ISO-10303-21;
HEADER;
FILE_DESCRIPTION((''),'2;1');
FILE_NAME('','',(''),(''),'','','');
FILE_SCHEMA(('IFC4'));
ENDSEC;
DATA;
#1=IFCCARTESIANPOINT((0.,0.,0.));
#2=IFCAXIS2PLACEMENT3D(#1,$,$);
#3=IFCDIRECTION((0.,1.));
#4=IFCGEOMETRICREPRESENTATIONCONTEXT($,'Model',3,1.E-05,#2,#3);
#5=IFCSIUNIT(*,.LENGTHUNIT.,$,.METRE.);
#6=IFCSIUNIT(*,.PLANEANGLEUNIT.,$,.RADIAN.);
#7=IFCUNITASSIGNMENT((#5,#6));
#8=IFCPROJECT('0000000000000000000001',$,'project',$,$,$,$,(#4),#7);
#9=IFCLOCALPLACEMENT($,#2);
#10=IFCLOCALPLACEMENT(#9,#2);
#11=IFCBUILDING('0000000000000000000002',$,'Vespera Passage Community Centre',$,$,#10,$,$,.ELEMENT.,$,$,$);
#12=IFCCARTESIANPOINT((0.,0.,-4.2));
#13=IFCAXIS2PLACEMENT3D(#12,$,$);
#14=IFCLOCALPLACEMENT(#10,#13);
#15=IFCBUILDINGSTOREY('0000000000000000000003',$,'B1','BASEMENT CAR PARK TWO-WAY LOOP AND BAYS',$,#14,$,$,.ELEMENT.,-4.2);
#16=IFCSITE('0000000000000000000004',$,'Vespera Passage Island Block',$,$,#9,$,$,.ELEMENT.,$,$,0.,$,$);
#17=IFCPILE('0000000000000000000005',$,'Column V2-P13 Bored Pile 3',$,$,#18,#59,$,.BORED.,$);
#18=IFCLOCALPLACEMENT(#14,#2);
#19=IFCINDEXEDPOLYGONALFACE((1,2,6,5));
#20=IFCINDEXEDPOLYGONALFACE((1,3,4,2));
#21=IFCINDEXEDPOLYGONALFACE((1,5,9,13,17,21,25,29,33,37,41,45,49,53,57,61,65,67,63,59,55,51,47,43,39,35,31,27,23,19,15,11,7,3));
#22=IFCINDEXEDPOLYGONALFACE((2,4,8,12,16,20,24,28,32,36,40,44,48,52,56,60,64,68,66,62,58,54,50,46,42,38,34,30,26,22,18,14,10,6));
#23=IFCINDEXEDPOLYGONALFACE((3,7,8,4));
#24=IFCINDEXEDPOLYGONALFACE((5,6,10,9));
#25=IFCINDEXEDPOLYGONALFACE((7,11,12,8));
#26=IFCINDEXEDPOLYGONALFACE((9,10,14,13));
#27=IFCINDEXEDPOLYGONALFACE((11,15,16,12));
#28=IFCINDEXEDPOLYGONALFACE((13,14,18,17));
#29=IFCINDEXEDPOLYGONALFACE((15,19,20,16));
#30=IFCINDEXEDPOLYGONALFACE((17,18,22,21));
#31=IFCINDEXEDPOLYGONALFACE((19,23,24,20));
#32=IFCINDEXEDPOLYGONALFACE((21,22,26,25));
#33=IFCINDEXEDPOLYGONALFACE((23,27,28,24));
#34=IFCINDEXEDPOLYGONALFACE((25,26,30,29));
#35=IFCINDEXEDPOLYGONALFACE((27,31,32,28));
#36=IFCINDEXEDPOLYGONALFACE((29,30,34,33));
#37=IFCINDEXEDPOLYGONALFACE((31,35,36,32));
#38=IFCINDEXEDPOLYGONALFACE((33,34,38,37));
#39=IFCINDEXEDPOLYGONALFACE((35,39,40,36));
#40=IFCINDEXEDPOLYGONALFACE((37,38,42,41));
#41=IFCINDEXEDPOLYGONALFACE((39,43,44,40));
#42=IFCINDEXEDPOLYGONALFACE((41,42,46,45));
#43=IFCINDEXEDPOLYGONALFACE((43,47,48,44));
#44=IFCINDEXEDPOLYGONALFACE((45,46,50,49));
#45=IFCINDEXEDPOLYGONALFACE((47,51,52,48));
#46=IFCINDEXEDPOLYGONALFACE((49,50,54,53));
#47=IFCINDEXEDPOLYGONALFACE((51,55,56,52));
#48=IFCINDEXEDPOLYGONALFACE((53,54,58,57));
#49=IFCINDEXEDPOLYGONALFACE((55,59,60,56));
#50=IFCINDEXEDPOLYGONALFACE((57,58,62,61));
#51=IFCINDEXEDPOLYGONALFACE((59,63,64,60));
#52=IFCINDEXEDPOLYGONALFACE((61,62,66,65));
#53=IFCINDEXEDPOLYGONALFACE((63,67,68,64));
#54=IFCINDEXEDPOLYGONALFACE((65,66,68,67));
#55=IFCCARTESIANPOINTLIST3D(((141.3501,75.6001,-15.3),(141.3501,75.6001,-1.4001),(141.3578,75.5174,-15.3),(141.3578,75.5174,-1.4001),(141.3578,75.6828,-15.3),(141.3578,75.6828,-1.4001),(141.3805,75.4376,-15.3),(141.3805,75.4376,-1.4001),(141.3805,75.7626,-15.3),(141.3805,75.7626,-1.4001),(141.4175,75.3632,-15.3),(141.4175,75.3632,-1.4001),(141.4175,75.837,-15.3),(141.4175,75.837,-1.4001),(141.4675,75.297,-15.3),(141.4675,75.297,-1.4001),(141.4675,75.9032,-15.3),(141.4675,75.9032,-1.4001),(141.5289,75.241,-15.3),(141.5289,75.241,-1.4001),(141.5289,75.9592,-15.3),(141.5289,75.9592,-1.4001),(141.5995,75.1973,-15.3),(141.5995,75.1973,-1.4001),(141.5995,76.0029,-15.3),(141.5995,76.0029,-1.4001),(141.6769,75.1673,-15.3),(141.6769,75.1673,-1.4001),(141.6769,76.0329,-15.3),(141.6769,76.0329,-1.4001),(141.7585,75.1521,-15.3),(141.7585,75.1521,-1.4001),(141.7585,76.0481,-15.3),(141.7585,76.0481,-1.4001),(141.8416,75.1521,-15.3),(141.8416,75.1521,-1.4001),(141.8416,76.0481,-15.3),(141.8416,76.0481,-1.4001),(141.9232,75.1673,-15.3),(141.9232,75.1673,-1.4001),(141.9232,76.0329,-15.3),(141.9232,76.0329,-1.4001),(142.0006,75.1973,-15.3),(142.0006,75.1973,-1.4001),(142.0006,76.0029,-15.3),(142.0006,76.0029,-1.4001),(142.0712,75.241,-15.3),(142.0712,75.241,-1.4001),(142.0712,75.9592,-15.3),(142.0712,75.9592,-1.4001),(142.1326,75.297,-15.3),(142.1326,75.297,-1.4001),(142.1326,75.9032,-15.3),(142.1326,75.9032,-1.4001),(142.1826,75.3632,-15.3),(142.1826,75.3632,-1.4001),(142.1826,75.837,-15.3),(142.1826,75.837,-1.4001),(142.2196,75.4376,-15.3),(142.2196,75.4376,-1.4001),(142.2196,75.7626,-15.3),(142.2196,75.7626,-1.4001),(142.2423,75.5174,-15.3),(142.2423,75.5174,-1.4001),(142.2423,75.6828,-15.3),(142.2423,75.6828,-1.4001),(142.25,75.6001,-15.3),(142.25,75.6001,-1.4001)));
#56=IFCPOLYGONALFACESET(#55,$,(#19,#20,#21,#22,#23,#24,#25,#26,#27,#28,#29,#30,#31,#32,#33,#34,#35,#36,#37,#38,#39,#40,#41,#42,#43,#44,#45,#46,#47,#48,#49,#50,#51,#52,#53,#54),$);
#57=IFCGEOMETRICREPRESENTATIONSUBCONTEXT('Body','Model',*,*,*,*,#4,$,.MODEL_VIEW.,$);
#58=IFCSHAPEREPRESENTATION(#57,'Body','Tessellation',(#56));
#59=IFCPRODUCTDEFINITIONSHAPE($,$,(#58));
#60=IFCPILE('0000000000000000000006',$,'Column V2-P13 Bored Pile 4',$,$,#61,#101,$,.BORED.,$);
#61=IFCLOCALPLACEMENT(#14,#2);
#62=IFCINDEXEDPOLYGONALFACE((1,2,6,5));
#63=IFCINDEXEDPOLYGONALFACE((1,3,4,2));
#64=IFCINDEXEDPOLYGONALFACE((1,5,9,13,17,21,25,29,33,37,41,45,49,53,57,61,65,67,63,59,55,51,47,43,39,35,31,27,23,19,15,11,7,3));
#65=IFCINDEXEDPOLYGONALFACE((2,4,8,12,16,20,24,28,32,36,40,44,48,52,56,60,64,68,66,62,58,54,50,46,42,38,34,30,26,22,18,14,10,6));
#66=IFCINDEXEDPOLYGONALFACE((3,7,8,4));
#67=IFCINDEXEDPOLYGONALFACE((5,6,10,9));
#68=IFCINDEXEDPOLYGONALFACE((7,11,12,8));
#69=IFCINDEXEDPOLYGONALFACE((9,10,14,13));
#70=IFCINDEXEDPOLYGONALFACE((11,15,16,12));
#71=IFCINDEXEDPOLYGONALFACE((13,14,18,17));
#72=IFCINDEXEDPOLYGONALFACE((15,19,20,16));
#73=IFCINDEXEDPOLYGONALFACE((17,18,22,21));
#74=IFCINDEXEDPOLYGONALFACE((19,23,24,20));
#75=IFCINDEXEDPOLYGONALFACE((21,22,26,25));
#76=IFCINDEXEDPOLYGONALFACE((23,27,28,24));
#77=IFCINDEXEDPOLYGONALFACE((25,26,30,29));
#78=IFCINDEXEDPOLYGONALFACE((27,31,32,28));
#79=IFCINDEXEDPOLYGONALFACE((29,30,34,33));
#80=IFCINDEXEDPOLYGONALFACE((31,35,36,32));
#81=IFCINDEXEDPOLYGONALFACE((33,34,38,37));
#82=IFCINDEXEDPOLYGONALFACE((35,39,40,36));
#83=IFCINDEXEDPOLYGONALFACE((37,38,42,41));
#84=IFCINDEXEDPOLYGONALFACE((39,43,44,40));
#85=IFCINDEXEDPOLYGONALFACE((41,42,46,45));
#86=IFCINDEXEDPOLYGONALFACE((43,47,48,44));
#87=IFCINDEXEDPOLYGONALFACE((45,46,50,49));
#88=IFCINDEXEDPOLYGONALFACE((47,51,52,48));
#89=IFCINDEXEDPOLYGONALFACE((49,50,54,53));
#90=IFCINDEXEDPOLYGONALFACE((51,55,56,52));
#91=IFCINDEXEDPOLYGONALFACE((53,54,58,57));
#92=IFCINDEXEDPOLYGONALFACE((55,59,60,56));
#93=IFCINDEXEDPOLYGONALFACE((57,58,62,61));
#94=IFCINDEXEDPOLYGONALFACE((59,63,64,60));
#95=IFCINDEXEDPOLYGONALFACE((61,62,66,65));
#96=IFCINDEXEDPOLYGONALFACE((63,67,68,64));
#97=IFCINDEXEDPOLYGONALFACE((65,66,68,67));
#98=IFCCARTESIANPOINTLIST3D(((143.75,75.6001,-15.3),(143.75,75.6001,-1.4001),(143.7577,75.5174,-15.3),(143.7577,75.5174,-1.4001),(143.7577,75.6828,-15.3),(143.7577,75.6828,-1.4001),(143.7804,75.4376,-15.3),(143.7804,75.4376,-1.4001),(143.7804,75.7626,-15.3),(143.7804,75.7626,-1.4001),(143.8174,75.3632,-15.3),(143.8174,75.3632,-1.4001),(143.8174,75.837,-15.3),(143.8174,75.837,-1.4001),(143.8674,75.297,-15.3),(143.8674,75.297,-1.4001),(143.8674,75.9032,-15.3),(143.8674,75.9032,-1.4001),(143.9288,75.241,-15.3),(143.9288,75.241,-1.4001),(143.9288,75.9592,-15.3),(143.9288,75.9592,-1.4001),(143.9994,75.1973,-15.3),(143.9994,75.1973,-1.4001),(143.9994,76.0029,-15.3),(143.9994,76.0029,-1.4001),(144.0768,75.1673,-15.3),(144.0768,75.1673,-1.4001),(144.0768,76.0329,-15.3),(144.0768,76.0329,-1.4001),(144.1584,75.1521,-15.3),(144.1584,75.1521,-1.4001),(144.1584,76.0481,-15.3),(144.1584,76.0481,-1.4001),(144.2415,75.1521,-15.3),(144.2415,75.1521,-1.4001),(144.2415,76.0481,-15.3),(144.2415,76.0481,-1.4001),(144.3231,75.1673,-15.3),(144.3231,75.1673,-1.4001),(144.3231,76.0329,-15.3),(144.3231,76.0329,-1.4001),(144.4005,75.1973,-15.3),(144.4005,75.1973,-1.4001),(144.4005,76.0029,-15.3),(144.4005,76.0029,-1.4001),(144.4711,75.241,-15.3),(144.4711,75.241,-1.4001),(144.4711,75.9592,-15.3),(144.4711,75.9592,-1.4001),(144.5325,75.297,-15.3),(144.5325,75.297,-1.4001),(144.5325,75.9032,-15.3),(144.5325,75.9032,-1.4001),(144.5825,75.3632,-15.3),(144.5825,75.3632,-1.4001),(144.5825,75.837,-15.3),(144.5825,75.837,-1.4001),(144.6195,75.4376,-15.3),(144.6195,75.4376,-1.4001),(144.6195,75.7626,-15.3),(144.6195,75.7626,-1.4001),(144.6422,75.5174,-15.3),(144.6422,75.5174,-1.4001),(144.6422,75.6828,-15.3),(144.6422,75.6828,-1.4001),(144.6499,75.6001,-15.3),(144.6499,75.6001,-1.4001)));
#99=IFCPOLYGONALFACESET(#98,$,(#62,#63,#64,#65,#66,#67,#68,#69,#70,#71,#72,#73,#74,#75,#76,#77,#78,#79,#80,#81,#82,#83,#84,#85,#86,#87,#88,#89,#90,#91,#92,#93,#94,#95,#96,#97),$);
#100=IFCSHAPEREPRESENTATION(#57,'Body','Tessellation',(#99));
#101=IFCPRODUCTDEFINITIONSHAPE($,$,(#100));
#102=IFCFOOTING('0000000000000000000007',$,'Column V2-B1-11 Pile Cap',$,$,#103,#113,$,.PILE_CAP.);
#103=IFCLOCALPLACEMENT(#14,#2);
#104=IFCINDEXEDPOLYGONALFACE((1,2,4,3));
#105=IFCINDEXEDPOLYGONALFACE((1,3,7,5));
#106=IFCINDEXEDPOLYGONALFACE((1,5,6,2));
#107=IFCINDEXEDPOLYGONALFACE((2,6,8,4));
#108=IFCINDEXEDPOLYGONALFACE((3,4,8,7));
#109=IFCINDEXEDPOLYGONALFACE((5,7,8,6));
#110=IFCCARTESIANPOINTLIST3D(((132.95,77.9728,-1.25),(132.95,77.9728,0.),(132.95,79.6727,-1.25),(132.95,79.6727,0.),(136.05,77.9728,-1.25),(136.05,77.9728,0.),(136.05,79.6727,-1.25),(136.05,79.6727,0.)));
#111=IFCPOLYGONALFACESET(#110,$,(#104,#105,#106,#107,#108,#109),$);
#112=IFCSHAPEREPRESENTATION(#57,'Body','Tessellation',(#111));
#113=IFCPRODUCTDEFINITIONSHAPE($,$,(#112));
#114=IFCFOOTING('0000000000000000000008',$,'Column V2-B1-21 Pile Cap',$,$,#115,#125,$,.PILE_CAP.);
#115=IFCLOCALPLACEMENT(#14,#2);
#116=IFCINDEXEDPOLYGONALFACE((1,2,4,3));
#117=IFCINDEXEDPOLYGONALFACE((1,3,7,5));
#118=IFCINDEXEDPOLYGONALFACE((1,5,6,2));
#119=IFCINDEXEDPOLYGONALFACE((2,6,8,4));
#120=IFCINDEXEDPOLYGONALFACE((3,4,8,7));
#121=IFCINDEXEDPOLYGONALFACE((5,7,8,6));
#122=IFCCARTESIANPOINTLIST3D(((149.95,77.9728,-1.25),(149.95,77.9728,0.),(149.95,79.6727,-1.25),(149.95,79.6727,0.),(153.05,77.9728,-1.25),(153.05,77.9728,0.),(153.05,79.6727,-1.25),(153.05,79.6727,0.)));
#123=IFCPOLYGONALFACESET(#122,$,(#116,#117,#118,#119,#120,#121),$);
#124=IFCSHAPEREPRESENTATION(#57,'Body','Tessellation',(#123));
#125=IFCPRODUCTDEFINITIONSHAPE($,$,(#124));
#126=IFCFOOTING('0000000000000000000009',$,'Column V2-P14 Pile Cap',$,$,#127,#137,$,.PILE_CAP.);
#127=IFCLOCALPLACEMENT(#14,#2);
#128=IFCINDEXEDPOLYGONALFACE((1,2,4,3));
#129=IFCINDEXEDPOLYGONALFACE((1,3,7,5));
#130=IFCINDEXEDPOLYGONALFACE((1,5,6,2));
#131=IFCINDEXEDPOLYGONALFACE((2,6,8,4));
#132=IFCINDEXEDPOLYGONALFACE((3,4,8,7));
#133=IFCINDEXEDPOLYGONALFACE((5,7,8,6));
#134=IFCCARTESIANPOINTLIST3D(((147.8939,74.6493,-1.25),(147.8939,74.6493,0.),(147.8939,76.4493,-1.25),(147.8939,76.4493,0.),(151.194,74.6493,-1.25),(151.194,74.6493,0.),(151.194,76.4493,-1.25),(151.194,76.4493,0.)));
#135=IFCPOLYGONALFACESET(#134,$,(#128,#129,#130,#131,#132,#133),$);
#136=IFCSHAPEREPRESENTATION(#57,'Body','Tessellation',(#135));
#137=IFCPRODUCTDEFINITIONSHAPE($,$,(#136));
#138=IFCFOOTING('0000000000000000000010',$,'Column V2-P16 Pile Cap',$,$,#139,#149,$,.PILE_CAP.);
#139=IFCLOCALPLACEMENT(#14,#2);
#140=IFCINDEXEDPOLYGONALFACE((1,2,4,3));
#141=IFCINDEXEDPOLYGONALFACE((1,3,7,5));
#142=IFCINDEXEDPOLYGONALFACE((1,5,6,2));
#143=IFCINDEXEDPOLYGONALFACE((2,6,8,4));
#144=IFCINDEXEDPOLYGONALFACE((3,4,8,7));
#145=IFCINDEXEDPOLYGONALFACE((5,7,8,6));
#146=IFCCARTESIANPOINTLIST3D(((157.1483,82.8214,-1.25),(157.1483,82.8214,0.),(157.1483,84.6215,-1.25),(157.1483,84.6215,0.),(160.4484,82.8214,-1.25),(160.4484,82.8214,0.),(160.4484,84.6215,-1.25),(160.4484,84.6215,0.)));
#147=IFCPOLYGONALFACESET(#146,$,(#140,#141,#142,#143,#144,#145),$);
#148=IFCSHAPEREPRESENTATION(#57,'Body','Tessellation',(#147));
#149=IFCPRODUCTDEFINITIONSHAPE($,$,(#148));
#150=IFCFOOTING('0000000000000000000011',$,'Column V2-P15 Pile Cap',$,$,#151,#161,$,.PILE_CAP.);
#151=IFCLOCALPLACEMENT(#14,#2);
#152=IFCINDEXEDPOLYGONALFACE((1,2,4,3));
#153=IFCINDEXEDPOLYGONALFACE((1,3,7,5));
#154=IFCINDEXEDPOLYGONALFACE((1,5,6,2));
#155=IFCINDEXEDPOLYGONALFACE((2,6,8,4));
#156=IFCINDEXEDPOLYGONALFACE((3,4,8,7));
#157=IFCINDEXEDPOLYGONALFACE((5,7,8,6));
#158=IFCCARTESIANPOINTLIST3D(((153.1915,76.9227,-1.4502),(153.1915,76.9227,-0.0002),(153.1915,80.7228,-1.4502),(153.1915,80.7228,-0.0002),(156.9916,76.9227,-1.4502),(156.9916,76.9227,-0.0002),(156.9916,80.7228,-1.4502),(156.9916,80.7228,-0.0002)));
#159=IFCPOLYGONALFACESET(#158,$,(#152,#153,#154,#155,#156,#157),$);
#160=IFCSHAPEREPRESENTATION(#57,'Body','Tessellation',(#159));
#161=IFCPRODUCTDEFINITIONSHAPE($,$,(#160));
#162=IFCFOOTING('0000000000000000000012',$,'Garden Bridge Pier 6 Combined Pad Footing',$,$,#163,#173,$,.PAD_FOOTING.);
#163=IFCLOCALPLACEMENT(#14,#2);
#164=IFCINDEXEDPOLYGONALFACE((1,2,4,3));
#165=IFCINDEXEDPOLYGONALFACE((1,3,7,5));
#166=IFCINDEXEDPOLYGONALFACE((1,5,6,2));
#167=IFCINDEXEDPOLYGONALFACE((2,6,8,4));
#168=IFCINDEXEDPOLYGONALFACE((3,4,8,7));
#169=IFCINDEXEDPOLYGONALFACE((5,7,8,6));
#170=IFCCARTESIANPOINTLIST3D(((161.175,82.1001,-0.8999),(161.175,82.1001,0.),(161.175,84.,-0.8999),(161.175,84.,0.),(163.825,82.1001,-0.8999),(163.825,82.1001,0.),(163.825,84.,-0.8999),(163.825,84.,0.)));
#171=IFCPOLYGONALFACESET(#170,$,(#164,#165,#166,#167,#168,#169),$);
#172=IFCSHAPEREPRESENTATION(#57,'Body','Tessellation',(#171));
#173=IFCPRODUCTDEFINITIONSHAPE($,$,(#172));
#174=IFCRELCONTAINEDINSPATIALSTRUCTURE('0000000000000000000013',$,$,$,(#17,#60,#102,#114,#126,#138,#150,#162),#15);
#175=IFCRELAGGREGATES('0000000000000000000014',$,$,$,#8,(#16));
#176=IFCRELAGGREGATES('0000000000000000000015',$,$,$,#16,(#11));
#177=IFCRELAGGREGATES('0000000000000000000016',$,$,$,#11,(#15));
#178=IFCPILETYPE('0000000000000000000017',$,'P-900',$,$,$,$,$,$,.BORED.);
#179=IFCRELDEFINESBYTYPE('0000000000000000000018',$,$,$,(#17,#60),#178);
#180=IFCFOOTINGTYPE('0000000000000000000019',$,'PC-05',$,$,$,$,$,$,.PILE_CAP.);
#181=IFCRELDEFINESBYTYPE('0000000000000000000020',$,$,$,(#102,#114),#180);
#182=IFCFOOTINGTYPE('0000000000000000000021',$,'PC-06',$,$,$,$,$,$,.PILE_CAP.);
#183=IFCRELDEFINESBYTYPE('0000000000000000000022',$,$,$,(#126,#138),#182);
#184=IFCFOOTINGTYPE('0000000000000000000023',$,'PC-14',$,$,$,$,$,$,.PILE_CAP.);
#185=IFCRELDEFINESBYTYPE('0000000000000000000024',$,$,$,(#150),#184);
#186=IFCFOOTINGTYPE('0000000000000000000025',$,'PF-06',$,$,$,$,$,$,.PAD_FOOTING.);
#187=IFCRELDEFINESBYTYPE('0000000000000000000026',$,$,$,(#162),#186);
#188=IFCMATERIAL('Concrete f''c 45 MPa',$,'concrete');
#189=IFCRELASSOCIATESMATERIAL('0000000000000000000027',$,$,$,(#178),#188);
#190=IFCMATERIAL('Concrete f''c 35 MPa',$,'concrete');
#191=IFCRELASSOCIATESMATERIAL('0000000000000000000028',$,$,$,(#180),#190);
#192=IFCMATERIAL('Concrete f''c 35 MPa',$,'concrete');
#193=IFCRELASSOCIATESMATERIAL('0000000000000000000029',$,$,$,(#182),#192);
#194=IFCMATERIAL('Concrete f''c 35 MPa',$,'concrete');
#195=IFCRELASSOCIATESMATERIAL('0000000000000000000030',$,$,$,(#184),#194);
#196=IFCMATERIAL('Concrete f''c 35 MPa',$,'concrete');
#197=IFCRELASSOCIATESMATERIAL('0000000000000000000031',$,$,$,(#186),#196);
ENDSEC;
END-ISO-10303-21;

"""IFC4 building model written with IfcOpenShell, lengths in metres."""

from ifc_helpers import new_model, si_unit, direction, frame, origin, origin_2d, place, context, subcontext, project, spatial, rectangle, circle, extrude, material, material_profile, profile_set, type_object, element, save


model = new_model("IFC4")

# Units and contexts
model_context = context("Model", 3, precision=1e-05, world=origin(), true_north=direction((0.0, 1.0)))
body_context = subcontext(model_context, "Body", "Model", "MODEL_VIEW")
ifc_project = project(units=[si_unit("LENGTHUNIT", "METRE"), si_unit("PLANEANGLEUNIT", "RADIAN")], contexts=[model_context])

# Site, building, storey
site_placement = place(None, origin())
site = spatial("IfcSite", under=ifc_project, at=site_placement, Name="Vespera Passage Island Block", CompositionType="ELEMENT", RefElevation=0.0)
building_placement = place(site_placement, origin())
building = spatial("IfcBuilding", under=site, at=building_placement, Name="Vespera Passage Community Centre", CompositionType="ELEMENT")
storey_placement = place(building_placement, frame((0.0, 0.0, -4.2)))
storey = spatial("IfcBuildingStorey", under=building, at=storey_placement, Name="B1", Description="BASEMENT CAR PARK TWO-WAY LOOP AND BAYS", CompositionType="ELEMENT", Elevation=-4.2)

# Piles
ifc_material_1 = material(Name="Concrete f'c 45 MPa", Category="concrete")
ifc_material_profile_1 = material_profile(ifc_material_1, circle(Radius=0.45, at=origin_2d()), Name="PILE900DIA")
ifc_profile_set_1 = profile_set([ifc_material_profile_1], Name="Concrete f'c 45 MPa")
pile_type_1 = type_object("IfcPileType", Name="P-900", PredefinedType="BORED", material=ifc_profile_set_1)
for number, where, z_axis, x_axis, name in (
    (1, (141.8, 75.6001, -1.4001), (0.0, 0.0, -1.0), (1.0, 0.0, 0.0), "Column V2-P13 Bored Pile 3"),
    (2, (144.2, 75.6001, -1.4001), (0.0, 0.0, -1.0), (1.0, 0.0, 0.0), "Column V2-P13 Bored Pile 4"),
):
    element("IfcPile", number, at=place(storey_placement, frame(where, z_axis=z_axis, x_axis=x_axis)), inside=storey, type_object=pile_type_1, Name=name, PredefinedType="BORED", context=body_context, shape_type="SweptSolid", body=[
        extrude(circle(Radius=0.45, at=origin_2d()), origin(), (0.0, 0.0, 1.0), 13.8999),
    ])

# Footings
ifc_material_2 = material(Name="Concrete f'c 35 MPa", Category="concrete")
footing_type_1 = type_object("IfcFootingType", Name="PC-05", PredefinedType="PILE_CAP", material=ifc_material_2)
for number, where, z_axis, x_axis, name in (
    (3, (134.5, 78.8228, -1.25), (0.0, 0.0, 1.0), (1.0, 0.0, 0.0), "Column V2-B1-11 Pile Cap"),
    (4, (151.5, 78.8228, -1.25), (0.0, 0.0, 1.0), (1.0, 0.0, 0.0), "Column V2-B1-21 Pile Cap"),
):
    element("IfcFooting", number, at=place(storey_placement, frame(where, z_axis=z_axis, x_axis=x_axis)), inside=storey, type_object=footing_type_1, Name=name, PredefinedType="PILE_CAP", context=body_context, shape_type="SweptSolid", body=[
        extrude(rectangle(XDim=3.1001, YDim=1.7, at=origin_2d()), origin(), (0.0, 0.0, 1.0), 1.25),
    ])
ifc_material_3 = material(Name="Concrete f'c 35 MPa", Category="concrete")
footing_type_2 = type_object("IfcFootingType", Name="PC-06", PredefinedType="PILE_CAP", material=ifc_material_3)
for number, where, z_axis, x_axis, name in (
    (5, (149.5439, 75.5493, -1.25), (0.0, 0.0, 1.0), (1.0, 0.0, 0.0), "Column V2-P14 Pile Cap"),
    (6, (158.7983, 83.7214, -1.25), (0.0, 0.0, 1.0), (1.0, 0.0, 0.0), "Column V2-P16 Pile Cap"),
):
    element("IfcFooting", number, at=place(storey_placement, frame(where, z_axis=z_axis, x_axis=x_axis)), inside=storey, type_object=footing_type_2, Name=name, PredefinedType="PILE_CAP", context=body_context, shape_type="SweptSolid", body=[
        extrude(rectangle(XDim=3.3, YDim=1.8, at=origin_2d()), origin(), (0.0, 0.0, 1.0), 1.25),
    ])
ifc_material_4 = material(Name="Concrete f'c 35 MPa", Category="concrete")
footing_type_3 = type_object("IfcFootingType", Name="PC-14", PredefinedType="PILE_CAP", material=ifc_material_4)
footing_1_placement = place(storey_placement, frame((155.0916, 78.8228, -1.4502), z_axis=(0.0, 0.0, 1.0), x_axis=(1.0, 0.0, 0.0)))
element("IfcFooting", 7, at=footing_1_placement, inside=storey, type_object=footing_type_3, Name="Column V2-P15 Pile Cap", PredefinedType="PILE_CAP", context=body_context, shape_type="SweptSolid", body=[
    extrude(rectangle(XDim=3.8, YDim=3.8, at=origin_2d()), origin(), (0.0, 0.0, 1.0), 1.45),
])
ifc_material_5 = material(Name="Concrete f'c 35 MPa", Category="concrete")
footing_type_4 = type_object("IfcFootingType", Name="PF-06", PredefinedType="PAD_FOOTING", material=ifc_material_5)
footing_2_placement = place(storey_placement, frame((162.5, 83.05, -0.8999), z_axis=(0.0, 0.0, 1.0), x_axis=(1.0, 0.0, 0.0)))
element("IfcFooting", 8, at=footing_2_placement, inside=storey, type_object=footing_type_4, Name="Garden Bridge Pier 6 Combined Pad Footing", PredefinedType="PAD_FOOTING", context=body_context, shape_type="SweptSolid", body=[
    extrude(rectangle(XDim=2.6499, YDim=1.8999, at=origin_2d()), origin(), (0.0, 0.0, 1.0), 0.8999),
])

save(model, "model.ifc")
